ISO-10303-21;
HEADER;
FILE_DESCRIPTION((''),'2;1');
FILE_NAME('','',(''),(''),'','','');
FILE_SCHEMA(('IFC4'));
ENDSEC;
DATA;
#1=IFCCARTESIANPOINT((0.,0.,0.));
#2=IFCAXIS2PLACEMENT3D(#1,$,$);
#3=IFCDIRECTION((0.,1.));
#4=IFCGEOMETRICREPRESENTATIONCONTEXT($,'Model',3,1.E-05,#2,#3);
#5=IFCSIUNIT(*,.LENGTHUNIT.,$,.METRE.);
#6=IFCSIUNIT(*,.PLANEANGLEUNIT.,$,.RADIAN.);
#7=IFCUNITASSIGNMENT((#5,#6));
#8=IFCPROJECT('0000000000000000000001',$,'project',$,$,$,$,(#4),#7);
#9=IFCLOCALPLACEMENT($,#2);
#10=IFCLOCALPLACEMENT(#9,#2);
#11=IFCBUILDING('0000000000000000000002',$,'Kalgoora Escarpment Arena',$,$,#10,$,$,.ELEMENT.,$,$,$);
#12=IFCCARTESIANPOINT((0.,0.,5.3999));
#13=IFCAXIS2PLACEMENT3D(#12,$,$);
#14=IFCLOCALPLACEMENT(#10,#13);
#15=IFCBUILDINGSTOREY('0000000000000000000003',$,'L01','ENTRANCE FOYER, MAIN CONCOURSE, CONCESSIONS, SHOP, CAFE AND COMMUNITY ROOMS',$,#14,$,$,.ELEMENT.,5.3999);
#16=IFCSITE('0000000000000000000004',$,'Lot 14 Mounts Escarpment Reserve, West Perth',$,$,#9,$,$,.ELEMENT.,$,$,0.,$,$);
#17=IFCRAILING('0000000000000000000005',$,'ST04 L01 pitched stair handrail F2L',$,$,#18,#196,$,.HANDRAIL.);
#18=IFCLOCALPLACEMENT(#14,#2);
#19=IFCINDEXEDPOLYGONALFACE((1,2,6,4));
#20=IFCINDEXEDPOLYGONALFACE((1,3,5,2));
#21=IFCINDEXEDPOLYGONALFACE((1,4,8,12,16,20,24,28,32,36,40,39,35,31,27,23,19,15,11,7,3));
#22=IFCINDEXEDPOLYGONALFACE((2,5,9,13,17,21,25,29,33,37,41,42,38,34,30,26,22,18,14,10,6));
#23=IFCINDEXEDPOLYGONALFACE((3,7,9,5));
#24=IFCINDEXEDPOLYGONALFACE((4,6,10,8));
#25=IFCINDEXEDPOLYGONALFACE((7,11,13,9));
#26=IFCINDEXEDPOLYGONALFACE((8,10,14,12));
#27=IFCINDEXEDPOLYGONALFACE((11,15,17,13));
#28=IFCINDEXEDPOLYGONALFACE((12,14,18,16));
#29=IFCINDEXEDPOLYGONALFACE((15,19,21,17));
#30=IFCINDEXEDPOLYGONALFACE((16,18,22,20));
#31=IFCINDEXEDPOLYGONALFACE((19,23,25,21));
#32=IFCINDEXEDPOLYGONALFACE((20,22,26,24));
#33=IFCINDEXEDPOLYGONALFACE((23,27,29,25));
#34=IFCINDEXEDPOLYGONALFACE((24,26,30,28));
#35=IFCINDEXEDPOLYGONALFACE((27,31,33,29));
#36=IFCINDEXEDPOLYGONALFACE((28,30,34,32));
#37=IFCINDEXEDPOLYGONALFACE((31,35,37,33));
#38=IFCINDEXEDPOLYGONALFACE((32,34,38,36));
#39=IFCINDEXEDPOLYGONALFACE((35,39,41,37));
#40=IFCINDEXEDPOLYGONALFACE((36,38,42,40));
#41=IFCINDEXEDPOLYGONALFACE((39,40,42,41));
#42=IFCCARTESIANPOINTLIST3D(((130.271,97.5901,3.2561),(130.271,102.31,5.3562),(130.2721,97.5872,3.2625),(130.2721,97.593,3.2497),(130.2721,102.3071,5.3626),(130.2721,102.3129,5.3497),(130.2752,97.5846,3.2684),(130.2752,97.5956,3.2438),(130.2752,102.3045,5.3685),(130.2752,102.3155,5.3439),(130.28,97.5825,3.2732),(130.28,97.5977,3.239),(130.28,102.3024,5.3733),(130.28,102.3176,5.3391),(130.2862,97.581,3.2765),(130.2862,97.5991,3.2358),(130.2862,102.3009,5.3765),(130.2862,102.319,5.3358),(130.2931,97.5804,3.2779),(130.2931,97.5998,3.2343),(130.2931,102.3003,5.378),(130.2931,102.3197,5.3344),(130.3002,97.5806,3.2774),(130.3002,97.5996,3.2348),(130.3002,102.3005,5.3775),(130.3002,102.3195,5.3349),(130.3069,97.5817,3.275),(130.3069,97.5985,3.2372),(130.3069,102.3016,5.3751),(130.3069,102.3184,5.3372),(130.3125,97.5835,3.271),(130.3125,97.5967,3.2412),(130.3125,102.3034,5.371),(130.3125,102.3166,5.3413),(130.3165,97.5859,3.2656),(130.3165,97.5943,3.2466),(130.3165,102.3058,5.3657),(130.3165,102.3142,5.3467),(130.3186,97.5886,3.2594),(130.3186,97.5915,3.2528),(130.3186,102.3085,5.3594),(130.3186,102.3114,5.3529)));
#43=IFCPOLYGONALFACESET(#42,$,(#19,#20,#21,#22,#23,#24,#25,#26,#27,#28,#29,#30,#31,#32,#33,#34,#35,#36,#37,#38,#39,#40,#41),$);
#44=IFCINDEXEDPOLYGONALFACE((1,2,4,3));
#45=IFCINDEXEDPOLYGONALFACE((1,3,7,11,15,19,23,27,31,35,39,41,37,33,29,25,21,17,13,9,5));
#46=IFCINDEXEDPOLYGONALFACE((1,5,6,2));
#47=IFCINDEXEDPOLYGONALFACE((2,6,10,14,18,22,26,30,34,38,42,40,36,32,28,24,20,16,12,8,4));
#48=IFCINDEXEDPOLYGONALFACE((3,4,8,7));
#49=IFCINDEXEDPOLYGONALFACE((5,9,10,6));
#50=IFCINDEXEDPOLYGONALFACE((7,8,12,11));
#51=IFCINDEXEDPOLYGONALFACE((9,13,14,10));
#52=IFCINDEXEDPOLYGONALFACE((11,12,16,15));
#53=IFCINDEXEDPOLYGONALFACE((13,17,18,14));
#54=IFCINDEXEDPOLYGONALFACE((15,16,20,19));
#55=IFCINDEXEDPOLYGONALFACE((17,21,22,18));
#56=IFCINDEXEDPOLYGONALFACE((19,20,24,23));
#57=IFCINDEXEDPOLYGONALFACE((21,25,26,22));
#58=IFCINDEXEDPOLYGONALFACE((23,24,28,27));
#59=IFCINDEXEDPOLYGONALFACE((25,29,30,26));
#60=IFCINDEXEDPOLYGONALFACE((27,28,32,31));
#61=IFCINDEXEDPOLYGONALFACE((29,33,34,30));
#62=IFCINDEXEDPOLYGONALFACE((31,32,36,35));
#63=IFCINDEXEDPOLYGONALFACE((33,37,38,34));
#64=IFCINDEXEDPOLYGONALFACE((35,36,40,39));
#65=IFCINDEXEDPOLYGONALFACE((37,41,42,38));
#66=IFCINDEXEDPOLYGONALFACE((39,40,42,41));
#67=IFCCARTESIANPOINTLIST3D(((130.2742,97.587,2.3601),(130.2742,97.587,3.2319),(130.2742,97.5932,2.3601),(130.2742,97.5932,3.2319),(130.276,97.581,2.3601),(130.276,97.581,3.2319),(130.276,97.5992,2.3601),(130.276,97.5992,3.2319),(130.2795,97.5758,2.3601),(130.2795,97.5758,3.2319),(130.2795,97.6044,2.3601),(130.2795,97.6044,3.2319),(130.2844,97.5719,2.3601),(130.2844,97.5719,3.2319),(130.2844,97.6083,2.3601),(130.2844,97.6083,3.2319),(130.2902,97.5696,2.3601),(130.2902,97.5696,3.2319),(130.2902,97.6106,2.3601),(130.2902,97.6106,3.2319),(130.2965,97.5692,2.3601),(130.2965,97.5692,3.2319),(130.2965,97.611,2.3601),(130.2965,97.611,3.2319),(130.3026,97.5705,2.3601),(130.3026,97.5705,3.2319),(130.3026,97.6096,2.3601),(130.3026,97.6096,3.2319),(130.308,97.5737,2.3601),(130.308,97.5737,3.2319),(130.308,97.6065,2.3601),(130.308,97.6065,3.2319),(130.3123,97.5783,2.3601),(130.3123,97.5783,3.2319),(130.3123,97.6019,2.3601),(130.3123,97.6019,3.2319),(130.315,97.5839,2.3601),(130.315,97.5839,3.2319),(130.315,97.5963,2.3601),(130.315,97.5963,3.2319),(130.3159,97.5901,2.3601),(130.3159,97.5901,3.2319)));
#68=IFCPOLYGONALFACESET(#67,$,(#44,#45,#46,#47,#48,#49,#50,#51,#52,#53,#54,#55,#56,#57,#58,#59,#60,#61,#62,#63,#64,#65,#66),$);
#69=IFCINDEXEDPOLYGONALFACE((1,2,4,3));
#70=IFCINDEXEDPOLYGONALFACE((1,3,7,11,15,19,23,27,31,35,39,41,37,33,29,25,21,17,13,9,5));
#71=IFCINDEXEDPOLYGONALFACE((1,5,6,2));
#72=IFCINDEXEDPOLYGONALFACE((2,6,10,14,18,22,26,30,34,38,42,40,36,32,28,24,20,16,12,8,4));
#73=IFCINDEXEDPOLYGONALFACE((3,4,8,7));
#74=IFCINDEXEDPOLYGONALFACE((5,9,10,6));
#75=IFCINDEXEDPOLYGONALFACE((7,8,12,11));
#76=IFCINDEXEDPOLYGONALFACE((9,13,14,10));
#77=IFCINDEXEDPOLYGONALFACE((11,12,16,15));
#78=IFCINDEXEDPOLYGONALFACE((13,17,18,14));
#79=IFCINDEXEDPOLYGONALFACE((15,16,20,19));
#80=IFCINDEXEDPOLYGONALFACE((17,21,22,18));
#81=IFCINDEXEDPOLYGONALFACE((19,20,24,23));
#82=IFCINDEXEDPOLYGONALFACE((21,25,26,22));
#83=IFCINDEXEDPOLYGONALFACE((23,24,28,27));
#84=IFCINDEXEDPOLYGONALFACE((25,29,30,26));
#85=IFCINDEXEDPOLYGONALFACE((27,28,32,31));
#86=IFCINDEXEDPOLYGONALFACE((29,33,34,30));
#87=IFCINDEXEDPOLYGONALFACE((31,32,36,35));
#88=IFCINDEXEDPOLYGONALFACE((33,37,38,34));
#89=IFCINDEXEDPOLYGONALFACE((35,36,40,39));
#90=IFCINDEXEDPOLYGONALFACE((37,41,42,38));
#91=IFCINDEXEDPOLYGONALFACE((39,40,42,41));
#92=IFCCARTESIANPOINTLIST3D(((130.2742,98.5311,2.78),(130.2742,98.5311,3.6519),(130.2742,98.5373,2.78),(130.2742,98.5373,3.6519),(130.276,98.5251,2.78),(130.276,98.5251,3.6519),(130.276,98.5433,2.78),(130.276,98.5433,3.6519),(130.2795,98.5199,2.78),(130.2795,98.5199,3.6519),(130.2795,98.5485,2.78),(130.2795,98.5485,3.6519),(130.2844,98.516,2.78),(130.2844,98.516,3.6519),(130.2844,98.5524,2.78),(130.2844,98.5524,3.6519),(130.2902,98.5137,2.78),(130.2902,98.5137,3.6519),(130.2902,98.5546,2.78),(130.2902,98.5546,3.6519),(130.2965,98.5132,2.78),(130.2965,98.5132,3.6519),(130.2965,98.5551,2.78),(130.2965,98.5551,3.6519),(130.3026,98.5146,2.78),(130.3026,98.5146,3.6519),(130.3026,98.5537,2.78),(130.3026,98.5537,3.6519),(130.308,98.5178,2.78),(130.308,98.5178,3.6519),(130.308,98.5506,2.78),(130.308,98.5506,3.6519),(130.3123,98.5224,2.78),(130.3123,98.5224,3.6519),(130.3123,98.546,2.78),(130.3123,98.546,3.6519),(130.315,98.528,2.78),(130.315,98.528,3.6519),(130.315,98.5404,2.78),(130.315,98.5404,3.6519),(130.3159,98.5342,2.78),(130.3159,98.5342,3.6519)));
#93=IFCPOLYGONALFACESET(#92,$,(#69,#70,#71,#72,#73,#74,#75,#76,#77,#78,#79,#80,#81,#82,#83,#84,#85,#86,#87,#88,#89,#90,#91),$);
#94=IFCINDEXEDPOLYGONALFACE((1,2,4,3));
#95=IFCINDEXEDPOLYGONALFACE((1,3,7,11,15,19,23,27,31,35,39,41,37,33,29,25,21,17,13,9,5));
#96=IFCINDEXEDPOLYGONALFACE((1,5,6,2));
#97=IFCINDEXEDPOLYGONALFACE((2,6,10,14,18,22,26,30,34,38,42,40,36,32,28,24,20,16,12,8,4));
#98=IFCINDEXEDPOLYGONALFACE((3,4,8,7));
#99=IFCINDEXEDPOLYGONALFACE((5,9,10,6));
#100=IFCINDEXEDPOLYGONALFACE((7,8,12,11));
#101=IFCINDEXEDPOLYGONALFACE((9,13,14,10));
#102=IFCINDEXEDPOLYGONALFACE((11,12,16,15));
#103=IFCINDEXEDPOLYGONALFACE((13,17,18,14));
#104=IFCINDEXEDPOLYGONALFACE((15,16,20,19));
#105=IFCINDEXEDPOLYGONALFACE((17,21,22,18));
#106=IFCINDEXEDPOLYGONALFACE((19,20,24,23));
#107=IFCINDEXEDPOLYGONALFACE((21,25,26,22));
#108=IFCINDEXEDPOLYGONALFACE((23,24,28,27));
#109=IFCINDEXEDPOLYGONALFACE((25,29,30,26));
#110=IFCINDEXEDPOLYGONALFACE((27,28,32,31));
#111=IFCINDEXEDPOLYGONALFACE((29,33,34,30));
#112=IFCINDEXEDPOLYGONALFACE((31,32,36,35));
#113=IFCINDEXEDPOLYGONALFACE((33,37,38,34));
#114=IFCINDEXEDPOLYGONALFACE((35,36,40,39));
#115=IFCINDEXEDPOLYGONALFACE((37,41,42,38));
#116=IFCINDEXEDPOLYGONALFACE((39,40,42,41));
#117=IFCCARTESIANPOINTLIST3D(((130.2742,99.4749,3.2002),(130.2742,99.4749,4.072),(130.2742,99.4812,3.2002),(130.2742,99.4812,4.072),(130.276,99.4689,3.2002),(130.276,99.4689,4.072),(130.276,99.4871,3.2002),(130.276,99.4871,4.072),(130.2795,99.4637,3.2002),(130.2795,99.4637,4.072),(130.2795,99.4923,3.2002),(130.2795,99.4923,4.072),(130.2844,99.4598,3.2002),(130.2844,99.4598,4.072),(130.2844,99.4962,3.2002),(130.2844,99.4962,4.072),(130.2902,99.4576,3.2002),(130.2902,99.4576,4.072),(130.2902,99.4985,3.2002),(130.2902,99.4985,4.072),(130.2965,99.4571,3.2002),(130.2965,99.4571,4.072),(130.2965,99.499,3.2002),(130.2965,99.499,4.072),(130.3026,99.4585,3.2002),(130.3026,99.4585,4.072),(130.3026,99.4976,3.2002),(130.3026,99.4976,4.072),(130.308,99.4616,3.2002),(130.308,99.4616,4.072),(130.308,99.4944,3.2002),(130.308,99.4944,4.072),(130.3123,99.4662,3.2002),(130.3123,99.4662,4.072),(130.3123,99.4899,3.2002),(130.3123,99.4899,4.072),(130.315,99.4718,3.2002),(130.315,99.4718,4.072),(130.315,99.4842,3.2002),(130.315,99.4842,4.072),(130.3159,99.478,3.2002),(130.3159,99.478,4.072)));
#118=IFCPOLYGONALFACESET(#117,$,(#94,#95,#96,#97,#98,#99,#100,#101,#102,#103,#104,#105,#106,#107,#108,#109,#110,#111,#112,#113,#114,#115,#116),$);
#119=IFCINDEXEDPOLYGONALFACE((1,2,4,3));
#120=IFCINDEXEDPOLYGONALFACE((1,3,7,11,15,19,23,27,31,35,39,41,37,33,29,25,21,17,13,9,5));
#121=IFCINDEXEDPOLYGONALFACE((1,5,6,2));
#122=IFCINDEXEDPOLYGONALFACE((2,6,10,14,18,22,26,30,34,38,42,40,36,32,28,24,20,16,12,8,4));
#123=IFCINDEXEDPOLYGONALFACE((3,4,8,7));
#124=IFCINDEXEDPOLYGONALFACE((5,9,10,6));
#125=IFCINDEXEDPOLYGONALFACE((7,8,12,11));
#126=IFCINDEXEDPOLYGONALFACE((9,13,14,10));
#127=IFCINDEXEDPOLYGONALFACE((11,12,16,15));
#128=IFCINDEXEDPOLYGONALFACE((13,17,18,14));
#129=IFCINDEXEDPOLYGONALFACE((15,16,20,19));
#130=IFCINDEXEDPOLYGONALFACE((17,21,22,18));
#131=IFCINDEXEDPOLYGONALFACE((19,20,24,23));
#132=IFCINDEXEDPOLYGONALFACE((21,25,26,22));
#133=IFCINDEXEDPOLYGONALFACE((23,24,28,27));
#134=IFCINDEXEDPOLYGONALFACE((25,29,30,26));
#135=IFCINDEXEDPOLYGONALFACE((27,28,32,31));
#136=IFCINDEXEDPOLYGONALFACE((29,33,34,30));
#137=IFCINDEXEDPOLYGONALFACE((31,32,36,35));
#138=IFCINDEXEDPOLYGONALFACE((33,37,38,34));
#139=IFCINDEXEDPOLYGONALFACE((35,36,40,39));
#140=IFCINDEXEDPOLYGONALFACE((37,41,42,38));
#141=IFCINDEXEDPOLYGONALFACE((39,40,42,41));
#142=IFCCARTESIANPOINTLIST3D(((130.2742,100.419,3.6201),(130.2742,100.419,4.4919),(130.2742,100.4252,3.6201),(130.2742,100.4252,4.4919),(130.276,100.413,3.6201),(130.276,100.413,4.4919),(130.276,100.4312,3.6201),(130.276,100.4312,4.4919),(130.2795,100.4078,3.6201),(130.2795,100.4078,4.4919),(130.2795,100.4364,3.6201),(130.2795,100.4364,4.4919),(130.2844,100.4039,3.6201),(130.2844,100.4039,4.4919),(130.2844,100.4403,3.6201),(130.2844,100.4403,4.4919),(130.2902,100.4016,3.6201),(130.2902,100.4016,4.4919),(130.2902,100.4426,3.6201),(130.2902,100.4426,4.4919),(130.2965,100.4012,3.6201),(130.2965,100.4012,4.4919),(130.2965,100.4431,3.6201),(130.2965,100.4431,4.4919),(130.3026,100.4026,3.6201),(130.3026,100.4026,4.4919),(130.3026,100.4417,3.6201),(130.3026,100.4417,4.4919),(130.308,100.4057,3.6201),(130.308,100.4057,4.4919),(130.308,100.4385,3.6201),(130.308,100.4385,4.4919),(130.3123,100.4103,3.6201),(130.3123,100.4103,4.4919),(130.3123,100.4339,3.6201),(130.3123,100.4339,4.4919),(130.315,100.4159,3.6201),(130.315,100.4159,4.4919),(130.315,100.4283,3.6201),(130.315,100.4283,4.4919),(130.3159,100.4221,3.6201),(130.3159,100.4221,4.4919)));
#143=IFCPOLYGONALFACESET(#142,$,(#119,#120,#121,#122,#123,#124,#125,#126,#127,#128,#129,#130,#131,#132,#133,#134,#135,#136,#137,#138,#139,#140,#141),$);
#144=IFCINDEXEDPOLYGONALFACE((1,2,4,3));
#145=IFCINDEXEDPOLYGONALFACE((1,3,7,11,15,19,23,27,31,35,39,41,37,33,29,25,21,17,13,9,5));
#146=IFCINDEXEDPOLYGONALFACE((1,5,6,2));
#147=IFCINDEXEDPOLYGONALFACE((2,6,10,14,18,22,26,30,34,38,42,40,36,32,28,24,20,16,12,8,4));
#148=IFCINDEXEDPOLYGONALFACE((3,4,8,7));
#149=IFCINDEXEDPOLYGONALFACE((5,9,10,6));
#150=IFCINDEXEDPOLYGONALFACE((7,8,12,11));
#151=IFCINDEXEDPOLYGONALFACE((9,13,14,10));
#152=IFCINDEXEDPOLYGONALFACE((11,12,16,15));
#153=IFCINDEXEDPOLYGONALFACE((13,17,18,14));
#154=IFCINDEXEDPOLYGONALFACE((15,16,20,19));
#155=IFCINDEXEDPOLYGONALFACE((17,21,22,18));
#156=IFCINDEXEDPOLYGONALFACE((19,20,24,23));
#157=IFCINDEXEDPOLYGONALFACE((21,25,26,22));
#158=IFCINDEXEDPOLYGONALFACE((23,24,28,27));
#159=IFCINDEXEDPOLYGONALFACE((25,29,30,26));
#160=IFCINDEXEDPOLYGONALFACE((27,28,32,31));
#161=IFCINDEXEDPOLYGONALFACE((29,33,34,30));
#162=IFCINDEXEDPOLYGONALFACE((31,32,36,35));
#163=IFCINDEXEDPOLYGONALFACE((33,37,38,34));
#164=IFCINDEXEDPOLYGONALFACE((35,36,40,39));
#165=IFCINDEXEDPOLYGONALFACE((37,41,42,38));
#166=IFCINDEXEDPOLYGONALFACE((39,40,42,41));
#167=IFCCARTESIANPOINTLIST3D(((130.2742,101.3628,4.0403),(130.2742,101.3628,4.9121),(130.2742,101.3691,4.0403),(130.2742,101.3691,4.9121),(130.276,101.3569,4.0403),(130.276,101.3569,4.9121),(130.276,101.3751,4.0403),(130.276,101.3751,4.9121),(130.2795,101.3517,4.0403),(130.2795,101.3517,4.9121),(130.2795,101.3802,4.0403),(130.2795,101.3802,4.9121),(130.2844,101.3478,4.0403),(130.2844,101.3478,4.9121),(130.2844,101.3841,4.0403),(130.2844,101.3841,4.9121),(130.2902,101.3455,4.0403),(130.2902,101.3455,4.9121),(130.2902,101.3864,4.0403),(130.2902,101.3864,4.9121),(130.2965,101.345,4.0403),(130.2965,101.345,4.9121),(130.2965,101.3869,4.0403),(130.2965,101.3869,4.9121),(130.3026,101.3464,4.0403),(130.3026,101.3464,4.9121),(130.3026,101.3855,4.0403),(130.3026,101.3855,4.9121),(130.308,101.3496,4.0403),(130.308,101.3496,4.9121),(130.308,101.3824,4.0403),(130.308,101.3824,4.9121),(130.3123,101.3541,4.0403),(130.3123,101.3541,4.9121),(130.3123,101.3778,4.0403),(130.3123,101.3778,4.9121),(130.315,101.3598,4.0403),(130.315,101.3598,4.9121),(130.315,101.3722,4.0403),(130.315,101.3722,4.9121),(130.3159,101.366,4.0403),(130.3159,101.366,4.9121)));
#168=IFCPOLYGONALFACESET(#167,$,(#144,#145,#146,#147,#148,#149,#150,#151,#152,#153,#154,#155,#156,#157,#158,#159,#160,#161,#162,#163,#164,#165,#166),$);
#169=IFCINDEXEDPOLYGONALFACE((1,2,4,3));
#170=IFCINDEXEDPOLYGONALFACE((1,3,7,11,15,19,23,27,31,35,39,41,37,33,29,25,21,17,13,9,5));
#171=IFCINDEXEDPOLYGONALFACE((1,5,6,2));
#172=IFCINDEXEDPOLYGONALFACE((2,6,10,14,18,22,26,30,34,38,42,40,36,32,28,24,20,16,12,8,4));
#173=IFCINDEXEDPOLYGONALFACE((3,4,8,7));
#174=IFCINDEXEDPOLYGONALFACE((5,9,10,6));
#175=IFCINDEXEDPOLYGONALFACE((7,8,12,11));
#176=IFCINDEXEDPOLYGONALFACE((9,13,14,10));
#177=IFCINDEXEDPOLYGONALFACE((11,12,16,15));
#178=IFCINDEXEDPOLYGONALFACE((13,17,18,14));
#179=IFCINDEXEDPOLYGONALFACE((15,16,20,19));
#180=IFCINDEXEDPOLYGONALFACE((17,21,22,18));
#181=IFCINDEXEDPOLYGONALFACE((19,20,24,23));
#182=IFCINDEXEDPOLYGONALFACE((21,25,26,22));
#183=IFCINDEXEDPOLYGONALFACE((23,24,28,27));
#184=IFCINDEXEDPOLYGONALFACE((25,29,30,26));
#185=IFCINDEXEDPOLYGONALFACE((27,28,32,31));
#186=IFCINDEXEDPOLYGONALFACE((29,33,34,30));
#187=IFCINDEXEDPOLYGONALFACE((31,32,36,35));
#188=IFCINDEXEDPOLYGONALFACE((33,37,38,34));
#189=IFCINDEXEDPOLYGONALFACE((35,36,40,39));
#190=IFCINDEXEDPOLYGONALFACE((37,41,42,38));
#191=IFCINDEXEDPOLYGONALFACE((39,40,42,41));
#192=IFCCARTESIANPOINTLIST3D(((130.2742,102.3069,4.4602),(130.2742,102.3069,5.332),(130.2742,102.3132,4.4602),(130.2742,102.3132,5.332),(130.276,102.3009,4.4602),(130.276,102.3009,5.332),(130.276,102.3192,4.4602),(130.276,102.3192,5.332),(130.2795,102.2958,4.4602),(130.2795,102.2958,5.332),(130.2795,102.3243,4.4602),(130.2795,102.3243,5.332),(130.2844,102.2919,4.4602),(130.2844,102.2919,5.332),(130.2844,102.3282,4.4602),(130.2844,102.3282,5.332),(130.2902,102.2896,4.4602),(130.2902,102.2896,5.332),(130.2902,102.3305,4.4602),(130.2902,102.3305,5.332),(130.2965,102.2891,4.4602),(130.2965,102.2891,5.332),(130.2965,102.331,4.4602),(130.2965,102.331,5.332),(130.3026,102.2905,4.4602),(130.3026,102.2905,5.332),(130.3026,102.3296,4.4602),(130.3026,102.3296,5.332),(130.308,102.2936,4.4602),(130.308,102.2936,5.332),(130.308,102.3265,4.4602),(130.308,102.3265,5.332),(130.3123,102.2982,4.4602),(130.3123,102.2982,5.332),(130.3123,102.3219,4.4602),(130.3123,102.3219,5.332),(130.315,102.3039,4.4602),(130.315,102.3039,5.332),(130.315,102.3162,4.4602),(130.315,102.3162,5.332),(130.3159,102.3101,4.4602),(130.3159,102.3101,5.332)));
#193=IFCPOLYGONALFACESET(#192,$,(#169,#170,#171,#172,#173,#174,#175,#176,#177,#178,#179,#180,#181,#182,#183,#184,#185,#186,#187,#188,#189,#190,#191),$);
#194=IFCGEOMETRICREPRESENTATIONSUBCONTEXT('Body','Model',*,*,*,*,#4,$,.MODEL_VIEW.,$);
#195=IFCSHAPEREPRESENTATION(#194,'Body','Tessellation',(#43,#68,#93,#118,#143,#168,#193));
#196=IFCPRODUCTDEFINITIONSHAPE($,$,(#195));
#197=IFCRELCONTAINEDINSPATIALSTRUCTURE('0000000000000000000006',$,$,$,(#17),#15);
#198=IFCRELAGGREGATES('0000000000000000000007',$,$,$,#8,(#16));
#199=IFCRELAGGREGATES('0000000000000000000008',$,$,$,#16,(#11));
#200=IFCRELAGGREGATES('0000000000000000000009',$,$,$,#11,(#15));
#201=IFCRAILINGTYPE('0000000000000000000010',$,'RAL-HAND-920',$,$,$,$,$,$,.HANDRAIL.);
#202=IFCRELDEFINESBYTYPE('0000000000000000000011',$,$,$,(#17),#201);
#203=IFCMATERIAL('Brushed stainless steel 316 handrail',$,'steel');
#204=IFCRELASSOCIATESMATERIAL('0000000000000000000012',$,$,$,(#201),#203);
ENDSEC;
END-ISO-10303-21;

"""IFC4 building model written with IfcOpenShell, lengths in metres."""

from ifc_helpers import new_model, si_unit, direction, frame, origin, origin_2d, place, context, subcontext, project, spatial, circle, extrude, material, type_object, element, save


model = new_model("IFC4")

# Units and contexts
model_context = context("Model", 3, precision=1e-05, world=origin(), true_north=direction((0.0, 1.0)))
body_context = subcontext(model_context, "Body", "Model", "MODEL_VIEW")
ifc_project = project(units=[si_unit("LENGTHUNIT", "METRE"), si_unit("PLANEANGLEUNIT", "RADIAN")], contexts=[model_context])

# Site, building, storey
site_placement = place(None, origin())
site = spatial("IfcSite", under=ifc_project, at=site_placement, Name="Lot 14 Mounts Escarpment Reserve, West Perth", CompositionType="ELEMENT", RefElevation=0.0)
building_placement = place(site_placement, origin())
building = spatial("IfcBuilding", under=site, at=building_placement, Name="Kalgoora Escarpment Arena", CompositionType="ELEMENT")
storey_placement = place(building_placement, frame((0.0, 0.0, 5.3999)))
storey = spatial("IfcBuildingStorey", under=building, at=storey_placement, Name="L01", Description="ENTRANCE FOYER, MAIN CONCOURSE, CONCESSIONS, SHOP, CAFE AND COMMUNITY ROOMS", CompositionType="ELEMENT", Elevation=5.3999)

# Railing
ifc_material_1 = material(Name="Brushed stainless steel 316 handrail", Category="steel")
railing_type_1 = type_object("IfcRailingType", Name="RAL-HAND-920", PredefinedType="HANDRAIL", material=ifc_material_1)
for number, where, name in (
    (1, (130.2949, 97.5901, 2.3601), "ST04 L01 pitched stair handrail F2L"),
):
    element("IfcRailing", number, at=place(storey_placement, frame(where)), inside=storey, type_object=railing_type_1, Name=name, PredefinedType="HANDRAIL", context=body_context, shape_type="SweptSolid", body=[
        extrude(circle(Radius=0.0239, at=origin_2d()), frame((0.0, 0.0, 0.896), z_axis=(0.0, 0.913644, 0.406516), x_axis=(-1.0, 0.0, 0.0)), (0.0, 0.0, 1.0), 5.166),
        extrude(circle(Radius=0.021, at=origin_2d()), origin(), (0.0, 0.0, 1.0), 0.8718),
        extrude(circle(Radius=0.021, at=origin_2d()), frame((0.0, 0.9441, 0.4199)), (0.0, 0.0, 1.0), 0.8718),
        extrude(circle(Radius=0.021, at=origin_2d()), frame((0.0, 1.8879, 0.8401)), (0.0, 0.0, 1.0), 0.8718),
        extrude(circle(Radius=0.021, at=origin_2d()), frame((0.0, 2.832, 1.26)), (0.0, 0.0, 1.0), 0.8718),
        extrude(circle(Radius=0.021, at=origin_2d()), frame((0.0, 3.7759, 1.6802)), (0.0, 0.0, 1.0), 0.8718),
        extrude(circle(Radius=0.021, at=origin_2d()), frame((0.0, 4.72, 2.1001)), (0.0, 0.0, 1.0), 0.8718),
    ])

save(model, "model.ifc")
